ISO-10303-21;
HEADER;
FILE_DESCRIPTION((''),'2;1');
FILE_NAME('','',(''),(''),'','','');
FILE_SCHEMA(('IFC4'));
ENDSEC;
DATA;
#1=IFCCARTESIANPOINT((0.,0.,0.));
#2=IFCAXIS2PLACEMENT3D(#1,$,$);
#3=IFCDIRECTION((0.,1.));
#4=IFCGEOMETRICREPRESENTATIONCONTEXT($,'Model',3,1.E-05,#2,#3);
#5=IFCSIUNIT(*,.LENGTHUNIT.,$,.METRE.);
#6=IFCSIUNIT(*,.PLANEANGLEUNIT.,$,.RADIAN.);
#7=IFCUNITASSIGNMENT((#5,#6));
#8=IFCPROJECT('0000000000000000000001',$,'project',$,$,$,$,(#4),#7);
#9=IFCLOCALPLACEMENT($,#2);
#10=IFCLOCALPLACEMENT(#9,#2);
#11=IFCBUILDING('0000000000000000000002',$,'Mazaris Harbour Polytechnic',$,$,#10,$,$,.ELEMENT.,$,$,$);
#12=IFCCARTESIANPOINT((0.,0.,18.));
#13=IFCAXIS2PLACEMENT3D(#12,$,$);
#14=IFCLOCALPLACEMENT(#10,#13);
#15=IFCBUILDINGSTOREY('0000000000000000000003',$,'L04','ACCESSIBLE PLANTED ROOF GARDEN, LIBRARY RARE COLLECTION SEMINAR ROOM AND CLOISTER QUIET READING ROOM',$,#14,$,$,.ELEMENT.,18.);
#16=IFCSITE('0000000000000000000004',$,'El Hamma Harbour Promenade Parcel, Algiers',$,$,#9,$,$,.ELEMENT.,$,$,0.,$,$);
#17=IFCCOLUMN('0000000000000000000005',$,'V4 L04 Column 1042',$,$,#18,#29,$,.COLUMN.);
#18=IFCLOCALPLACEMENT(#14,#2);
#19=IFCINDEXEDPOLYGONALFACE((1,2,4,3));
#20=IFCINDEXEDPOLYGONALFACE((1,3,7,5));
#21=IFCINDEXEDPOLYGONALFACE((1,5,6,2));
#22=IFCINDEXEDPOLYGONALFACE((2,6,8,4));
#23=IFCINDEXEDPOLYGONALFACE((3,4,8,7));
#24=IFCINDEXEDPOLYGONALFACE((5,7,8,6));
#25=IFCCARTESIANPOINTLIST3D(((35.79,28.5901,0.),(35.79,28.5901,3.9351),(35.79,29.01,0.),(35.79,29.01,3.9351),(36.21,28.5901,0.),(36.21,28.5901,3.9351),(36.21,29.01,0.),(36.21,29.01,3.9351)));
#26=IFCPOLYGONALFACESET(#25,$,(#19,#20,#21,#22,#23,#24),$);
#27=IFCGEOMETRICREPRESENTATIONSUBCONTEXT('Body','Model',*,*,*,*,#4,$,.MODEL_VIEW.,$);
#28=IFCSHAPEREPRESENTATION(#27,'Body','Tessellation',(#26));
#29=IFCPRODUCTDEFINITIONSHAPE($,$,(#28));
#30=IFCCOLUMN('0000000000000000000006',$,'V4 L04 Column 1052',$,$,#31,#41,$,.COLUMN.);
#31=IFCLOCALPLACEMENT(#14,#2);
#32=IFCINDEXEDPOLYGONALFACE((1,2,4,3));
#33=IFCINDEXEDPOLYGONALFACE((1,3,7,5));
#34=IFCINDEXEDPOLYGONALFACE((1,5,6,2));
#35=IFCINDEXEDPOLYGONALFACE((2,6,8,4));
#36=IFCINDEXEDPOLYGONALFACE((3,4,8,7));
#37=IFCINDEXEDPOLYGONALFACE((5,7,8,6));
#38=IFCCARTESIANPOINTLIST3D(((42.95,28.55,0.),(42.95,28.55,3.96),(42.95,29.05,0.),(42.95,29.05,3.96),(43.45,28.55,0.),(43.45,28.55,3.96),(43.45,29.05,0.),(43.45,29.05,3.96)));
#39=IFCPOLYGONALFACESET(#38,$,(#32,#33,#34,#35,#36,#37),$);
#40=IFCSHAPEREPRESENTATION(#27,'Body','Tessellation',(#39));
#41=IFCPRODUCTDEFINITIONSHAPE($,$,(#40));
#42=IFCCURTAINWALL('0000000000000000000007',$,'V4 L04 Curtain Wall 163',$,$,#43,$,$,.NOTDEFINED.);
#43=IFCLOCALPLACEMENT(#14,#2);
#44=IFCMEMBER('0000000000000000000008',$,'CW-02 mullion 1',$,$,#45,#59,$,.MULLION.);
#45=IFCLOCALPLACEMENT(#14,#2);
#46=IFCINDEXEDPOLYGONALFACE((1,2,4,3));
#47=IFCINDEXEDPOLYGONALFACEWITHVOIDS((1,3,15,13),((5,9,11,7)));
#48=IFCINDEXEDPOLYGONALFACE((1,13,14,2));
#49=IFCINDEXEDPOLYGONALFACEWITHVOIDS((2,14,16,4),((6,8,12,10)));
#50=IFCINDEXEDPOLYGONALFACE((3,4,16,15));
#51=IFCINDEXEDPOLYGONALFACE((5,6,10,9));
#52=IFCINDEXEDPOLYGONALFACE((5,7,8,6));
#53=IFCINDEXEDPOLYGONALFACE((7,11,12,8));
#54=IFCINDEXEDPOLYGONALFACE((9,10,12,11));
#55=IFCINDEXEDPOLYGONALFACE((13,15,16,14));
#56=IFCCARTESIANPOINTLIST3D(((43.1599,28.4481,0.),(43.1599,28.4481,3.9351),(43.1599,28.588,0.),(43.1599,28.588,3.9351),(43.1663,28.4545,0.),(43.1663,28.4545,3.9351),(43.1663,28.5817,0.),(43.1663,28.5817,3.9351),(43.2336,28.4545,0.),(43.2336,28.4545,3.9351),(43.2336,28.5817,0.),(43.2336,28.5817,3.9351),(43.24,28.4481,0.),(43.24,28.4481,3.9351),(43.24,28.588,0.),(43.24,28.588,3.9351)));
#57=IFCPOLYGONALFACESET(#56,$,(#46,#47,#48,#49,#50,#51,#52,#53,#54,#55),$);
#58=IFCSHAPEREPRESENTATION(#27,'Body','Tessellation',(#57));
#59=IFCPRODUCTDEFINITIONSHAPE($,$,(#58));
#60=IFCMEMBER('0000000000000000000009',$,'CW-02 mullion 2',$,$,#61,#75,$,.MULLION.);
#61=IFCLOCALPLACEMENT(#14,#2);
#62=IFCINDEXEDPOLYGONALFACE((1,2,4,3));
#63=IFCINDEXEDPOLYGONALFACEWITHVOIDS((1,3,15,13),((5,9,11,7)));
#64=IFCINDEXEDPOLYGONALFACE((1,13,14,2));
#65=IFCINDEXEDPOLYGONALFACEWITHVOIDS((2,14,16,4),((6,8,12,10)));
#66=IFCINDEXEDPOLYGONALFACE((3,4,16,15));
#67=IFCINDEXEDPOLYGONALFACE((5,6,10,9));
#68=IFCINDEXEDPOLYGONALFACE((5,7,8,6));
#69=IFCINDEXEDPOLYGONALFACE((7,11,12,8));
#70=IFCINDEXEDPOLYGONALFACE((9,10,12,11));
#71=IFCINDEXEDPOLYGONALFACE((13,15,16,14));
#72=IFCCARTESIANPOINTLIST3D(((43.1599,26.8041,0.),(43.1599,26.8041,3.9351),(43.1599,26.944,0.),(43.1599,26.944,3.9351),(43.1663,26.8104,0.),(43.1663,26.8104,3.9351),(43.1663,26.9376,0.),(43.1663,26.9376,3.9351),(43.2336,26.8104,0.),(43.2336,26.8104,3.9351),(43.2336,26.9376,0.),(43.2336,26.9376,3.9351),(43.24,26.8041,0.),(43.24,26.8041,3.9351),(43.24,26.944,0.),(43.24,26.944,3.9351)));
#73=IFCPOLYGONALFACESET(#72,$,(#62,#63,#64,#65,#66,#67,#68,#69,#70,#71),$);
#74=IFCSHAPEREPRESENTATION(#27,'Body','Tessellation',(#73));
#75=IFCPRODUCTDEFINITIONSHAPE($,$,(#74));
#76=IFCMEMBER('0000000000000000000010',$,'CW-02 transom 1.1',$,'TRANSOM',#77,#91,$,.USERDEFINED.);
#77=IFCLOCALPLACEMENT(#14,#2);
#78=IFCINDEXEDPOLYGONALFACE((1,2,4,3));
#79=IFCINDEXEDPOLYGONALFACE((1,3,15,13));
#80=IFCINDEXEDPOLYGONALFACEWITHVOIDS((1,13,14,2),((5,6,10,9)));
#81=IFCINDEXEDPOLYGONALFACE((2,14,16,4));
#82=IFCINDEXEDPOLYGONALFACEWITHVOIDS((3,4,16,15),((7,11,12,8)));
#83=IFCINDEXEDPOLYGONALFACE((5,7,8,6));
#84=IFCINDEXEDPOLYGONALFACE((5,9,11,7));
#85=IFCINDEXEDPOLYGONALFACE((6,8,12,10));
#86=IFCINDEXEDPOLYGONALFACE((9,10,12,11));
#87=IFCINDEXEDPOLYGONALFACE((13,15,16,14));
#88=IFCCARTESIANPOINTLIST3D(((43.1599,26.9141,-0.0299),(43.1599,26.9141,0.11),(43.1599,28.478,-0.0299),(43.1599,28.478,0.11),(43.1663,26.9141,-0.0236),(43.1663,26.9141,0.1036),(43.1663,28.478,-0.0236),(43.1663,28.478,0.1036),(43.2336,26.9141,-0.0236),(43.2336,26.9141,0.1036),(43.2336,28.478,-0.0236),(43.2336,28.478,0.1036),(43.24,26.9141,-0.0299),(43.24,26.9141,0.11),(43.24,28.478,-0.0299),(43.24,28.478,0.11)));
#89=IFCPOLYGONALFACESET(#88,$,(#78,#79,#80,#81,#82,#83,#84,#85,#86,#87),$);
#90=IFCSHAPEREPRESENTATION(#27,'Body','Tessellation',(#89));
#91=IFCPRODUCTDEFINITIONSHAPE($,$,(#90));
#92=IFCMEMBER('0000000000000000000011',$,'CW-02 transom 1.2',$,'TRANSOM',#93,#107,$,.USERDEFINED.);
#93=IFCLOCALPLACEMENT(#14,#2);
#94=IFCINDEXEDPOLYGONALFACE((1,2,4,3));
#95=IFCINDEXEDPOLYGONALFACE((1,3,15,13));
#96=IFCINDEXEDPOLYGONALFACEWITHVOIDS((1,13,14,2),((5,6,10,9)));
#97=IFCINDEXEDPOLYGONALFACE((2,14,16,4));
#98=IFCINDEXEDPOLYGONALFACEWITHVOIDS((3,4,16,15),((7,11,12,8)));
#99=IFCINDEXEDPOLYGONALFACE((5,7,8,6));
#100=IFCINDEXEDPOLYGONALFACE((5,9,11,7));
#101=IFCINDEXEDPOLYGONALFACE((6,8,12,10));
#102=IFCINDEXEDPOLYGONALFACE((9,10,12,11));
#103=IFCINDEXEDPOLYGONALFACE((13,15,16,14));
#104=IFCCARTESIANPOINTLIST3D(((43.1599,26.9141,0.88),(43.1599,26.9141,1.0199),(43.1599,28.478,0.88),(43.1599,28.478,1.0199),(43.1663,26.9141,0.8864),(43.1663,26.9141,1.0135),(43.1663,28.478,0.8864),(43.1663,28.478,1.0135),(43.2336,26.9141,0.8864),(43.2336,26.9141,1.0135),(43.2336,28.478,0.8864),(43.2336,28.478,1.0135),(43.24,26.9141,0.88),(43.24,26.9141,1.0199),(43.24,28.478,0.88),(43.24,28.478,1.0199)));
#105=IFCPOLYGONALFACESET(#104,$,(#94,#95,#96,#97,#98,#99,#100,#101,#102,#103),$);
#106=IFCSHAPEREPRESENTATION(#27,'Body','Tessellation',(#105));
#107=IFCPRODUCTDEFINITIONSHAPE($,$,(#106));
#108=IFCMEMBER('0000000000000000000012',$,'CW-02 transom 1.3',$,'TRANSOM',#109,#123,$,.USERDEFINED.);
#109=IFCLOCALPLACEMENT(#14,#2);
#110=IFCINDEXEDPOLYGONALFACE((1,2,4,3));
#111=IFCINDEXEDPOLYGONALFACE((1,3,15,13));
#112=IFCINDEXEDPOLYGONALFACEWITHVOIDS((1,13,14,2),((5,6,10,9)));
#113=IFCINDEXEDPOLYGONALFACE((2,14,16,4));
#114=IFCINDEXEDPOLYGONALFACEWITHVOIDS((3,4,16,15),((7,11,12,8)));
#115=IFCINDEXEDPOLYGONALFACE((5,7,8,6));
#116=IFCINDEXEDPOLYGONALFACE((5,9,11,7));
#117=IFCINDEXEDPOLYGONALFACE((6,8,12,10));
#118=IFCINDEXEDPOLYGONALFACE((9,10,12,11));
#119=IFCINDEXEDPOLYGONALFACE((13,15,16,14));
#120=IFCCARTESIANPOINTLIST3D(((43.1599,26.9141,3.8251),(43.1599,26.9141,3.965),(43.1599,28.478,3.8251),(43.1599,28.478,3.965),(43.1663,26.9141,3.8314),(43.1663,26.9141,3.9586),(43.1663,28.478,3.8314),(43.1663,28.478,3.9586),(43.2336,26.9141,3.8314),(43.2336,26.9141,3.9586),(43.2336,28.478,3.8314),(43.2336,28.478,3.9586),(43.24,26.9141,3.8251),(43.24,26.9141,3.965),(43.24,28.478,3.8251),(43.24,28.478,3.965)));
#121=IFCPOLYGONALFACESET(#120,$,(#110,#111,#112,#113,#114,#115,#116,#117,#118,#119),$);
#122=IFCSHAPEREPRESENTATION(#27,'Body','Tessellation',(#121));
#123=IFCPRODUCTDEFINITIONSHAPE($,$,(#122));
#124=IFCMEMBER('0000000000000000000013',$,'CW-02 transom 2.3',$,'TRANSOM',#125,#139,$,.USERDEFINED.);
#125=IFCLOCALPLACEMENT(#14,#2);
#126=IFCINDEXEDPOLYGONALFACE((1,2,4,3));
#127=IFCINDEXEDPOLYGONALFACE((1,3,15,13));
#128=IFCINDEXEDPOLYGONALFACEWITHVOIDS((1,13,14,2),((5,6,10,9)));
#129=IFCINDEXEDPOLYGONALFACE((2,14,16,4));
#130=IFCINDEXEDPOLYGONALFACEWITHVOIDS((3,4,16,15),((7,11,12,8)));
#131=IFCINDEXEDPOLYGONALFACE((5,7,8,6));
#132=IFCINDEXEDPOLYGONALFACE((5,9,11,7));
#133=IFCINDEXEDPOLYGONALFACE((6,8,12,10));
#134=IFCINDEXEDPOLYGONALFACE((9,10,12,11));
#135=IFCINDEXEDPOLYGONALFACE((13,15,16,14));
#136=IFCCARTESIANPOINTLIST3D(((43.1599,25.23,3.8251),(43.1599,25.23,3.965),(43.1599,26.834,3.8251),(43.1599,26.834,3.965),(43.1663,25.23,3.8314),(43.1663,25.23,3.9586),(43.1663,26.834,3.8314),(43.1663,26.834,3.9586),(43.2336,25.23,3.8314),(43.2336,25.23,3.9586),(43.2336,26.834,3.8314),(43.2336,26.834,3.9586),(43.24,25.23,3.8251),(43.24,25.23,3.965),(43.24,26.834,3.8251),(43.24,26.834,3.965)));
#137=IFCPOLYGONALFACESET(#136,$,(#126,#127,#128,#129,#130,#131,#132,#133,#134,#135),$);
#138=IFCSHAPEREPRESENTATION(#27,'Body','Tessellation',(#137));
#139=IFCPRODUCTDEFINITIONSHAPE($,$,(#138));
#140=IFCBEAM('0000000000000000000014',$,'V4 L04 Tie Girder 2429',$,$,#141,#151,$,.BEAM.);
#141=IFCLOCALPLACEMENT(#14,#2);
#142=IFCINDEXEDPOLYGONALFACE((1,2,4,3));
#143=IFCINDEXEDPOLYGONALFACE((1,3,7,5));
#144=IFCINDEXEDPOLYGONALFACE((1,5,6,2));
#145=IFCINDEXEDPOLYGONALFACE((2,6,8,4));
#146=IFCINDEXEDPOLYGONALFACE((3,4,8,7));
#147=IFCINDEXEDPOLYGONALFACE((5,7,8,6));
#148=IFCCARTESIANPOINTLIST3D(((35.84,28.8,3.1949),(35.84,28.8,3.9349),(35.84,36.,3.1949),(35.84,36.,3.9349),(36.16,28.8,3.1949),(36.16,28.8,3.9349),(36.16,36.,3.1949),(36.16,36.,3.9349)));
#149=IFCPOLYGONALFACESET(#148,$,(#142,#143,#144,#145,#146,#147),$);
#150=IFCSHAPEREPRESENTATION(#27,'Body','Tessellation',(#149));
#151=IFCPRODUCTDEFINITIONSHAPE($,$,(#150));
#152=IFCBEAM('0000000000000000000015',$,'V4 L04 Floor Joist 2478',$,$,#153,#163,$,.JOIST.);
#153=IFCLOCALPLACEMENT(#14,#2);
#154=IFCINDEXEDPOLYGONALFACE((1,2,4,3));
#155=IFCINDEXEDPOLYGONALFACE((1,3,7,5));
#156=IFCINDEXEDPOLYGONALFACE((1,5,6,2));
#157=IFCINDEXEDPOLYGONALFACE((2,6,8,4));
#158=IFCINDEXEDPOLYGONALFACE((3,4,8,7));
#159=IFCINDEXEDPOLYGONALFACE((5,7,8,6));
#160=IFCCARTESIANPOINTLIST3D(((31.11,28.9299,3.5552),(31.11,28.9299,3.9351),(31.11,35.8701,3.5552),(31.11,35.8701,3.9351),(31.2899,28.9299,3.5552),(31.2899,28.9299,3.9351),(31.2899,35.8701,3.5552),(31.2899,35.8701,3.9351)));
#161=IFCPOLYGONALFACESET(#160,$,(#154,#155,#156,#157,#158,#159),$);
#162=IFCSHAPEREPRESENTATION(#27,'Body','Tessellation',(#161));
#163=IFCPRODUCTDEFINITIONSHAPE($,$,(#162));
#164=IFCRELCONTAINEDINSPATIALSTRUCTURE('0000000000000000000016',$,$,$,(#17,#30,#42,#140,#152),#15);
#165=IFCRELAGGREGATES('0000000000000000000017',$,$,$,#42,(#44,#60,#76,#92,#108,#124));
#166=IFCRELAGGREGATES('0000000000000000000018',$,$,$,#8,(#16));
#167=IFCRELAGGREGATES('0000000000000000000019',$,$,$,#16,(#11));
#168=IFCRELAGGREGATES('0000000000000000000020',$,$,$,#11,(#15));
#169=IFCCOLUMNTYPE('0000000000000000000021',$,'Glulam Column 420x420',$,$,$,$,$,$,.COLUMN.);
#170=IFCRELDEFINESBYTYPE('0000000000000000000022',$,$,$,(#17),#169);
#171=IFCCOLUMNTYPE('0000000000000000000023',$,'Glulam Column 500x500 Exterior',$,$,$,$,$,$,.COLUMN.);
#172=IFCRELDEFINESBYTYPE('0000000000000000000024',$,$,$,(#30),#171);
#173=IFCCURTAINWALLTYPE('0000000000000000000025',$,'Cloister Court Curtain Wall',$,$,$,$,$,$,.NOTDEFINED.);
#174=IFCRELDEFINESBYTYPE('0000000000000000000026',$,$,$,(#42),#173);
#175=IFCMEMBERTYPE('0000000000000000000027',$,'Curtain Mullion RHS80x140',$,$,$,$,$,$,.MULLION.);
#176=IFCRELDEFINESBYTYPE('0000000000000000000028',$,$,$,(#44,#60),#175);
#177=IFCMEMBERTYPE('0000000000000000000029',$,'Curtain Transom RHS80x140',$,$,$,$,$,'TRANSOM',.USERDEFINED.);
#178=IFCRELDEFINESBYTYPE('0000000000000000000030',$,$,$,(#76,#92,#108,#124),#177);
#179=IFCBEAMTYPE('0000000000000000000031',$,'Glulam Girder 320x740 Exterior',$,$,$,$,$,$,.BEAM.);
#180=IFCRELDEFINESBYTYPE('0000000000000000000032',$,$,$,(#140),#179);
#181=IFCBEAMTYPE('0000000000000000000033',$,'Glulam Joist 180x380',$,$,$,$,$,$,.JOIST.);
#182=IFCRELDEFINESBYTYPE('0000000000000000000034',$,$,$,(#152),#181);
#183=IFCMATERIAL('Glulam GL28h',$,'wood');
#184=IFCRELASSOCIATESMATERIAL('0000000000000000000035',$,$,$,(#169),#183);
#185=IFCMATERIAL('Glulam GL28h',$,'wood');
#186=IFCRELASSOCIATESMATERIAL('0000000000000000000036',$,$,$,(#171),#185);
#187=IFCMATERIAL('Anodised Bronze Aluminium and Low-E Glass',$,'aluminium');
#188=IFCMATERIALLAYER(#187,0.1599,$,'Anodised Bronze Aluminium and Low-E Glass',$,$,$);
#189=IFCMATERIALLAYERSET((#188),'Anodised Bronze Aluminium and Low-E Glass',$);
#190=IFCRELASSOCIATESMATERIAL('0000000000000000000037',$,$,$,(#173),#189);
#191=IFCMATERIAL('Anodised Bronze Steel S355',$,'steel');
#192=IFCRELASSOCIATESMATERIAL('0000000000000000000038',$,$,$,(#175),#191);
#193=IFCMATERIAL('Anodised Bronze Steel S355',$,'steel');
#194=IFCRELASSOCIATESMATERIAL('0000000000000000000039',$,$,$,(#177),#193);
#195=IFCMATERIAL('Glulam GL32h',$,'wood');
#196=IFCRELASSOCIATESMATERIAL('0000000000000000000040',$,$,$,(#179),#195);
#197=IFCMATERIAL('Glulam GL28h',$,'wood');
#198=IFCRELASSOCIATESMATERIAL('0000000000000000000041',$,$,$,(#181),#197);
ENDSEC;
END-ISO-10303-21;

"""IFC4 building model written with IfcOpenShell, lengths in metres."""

from ifc_helpers import new_model, si_unit, direction, frame, origin, origin_2d, place, context, subcontext, project, spatial, rectangle, hollow_rectangle, extrude, material, layer, layer_set, material_profile, profile_set, type_object, element, aggregate, save


model = new_model("IFC4")

# Units and contexts
model_context = context("Model", 3, precision=1e-05, world=origin(), true_north=direction((0.0, 1.0)))
body_context = subcontext(model_context, "Body", "Model", "MODEL_VIEW")
ifc_project = project(units=[si_unit("LENGTHUNIT", "METRE"), si_unit("PLANEANGLEUNIT", "RADIAN")], contexts=[model_context])

# Site, building, storey
site_placement = place(None, origin())
site = spatial("IfcSite", under=ifc_project, at=site_placement, Name="El Hamma Harbour Promenade Parcel, Algiers", CompositionType="ELEMENT", RefElevation=0.0)
building_placement = place(site_placement, origin())
building = spatial("IfcBuilding", under=site, at=building_placement, Name="Mazaris Harbour Polytechnic", CompositionType="ELEMENT")
storey_placement = place(building_placement, frame((0.0, 0.0, 18.0)))
storey = spatial("IfcBuildingStorey", under=building, at=storey_placement, Name="L04", Description="ACCESSIBLE PLANTED ROOF GARDEN, LIBRARY RARE COLLECTION SEMINAR ROOM AND CLOISTER QUIET READING ROOM", CompositionType="ELEMENT", Elevation=18.0)

# Columns
ifc_material_1 = material(Name="Glulam GL28h", Category="wood")
ifc_material_profile_1 = material_profile(ifc_material_1, rectangle(XDim=0.4199, YDim=0.4199, at=origin_2d()), Name="RECT420x420")
ifc_profile_set_1 = profile_set([ifc_material_profile_1], Name="Glulam GL28h")
column_type_1 = type_object("IfcColumnType", Name="Glulam Column 420x420", PredefinedType="COLUMN", material=ifc_profile_set_1)
column_1_placement = place(storey_placement, frame((36.0, 28.8, 0.0), z_axis=(0.0, 0.0, 1.0), x_axis=(1.0, 0.0, 0.0)))
element("IfcColumn", 1, at=column_1_placement, inside=storey, type_object=column_type_1, Name="V4 L04 Column 1042", PredefinedType="COLUMN", context=body_context, shape_type="SweptSolid", body=[
    extrude(rectangle(XDim=0.4199, YDim=0.4199, at=origin_2d()), origin(), (0.0, 0.0, 1.0), 3.9351),
])
ifc_material_2 = material(Name="Glulam GL28h", Category="wood")
ifc_material_profile_2 = material_profile(ifc_material_2, rectangle(XDim=0.5, YDim=0.5, at=origin_2d()), Name="RECT500x500")
ifc_profile_set_2 = profile_set([ifc_material_profile_2], Name="Glulam GL28h")
column_type_2 = type_object("IfcColumnType", Name="Glulam Column 500x500 Exterior", PredefinedType="COLUMN", material=ifc_profile_set_2)
column_2_placement = place(storey_placement, frame((43.2, 28.8, 0.0), z_axis=(0.0, 0.0, 1.0), x_axis=(1.0, 0.0, 0.0)))
element("IfcColumn", 2, at=column_2_placement, inside=storey, type_object=column_type_2, Name="V4 L04 Column 1052", PredefinedType="COLUMN", context=body_context, shape_type="SweptSolid", body=[
    extrude(rectangle(XDim=0.5, YDim=0.5, at=origin_2d()), origin(), (0.0, 0.0, 1.0), 3.96),
])

# Curtain wall, members
ifc_material_3 = material(Name="Anodised Bronze Aluminium and Low-E Glass", Category="aluminium")
ifc_layer_1 = layer(ifc_material_3, 0.1599, Name="Anodised Bronze Aluminium and Low-E Glass")
ifc_layer_set_1 = layer_set([ifc_layer_1], Name="Anodised Bronze Aluminium and Low-E Glass")
curtain_wall_type = type_object("IfcCurtainWallType", Name="Cloister Court Curtain Wall", PredefinedType="NOTDEFINED", material=ifc_layer_set_1)
curtain_wall_placement = place(storey_placement, origin())
curtain_wall = element("IfcCurtainWall", 3, at=curtain_wall_placement, inside=storey, type_object=curtain_wall_type, Name="V4 L04 Curtain Wall 163", PredefinedType="NOTDEFINED")
ifc_material_4 = material(Name="Anodised Bronze Steel S355", Category="steel")
ifc_material_profile_3 = material_profile(ifc_material_4, hollow_rectangle(XDim=0.0801, YDim=0.1399, WallThickness=0.0063, at=origin_2d()), Name="RHS 80x140x6.3")
ifc_profile_set_3 = profile_set([ifc_material_profile_3], Name="Anodised Bronze Steel S355")
member_type_1 = type_object("IfcMemberType", Name="Curtain Mullion RHS80x140", PredefinedType="MULLION", material=ifc_profile_set_3)
member_1_placement = place(storey_placement, frame((43.2, 28.5181, 0.0), z_axis=(0.0, 0.0, 1.0), x_axis=(1.0, 0.0, 0.0)))
member_1 = element("IfcMember", 4, at=member_1_placement, type_object=member_type_1, Name="CW-02 mullion 1", PredefinedType="MULLION", context=body_context, shape_type="SweptSolid", body=[
    extrude(hollow_rectangle(XDim=0.0801, YDim=0.1399, WallThickness=0.0063, at=origin_2d()), origin(), (0.0, 0.0, 1.0), 3.9351),
])
member_2_placement = place(storey_placement, frame((43.2, 26.874, 0.0), z_axis=(0.0, 0.0, 1.0), x_axis=(1.0, 0.0, 0.0)))
member_2 = element("IfcMember", 5, at=member_2_placement, type_object=member_type_1, Name="CW-02 mullion 2", PredefinedType="MULLION", context=body_context, shape_type="SweptSolid", body=[
    extrude(hollow_rectangle(XDim=0.0801, YDim=0.1399, WallThickness=0.0063, at=origin_2d()), origin(), (0.0, 0.0, 1.0), 3.9351),
])
ifc_material_5 = material(Name="Anodised Bronze Steel S355", Category="steel")
ifc_material_profile_4 = material_profile(ifc_material_5, hollow_rectangle(XDim=0.0801, YDim=0.1399, WallThickness=0.0063, at=origin_2d()), Name="RHS 80x140x6.3")
ifc_profile_set_4 = profile_set([ifc_material_profile_4], Name="Anodised Bronze Steel S355")
member_type_2 = type_object("IfcMemberType", Name="Curtain Transom RHS80x140", ElementType="TRANSOM", PredefinedType="USERDEFINED", material=ifc_profile_set_4)
member_3_placement = place(storey_placement, frame((43.2, 28.478, 0.04), z_axis=(0.0, -1.0, 0.0), x_axis=(1.0, 0.0, 0.0)))
member_3 = element("IfcMember", 6, at=member_3_placement, type_object=member_type_2, Name="CW-02 transom 1.1", ObjectType="TRANSOM", PredefinedType="USERDEFINED", context=body_context, shape_type="SweptSolid", body=[
    extrude(hollow_rectangle(XDim=0.0801, YDim=0.1399, WallThickness=0.0063, at=origin_2d()), origin(), (0.0, 0.0, 1.0), 1.564),
])
member_4_placement = place(storey_placement, frame((43.2, 28.478, 0.95), z_axis=(0.0, -1.0, 0.0), x_axis=(1.0, 0.0, 0.0)))
member_4 = element("IfcMember", 7, at=member_4_placement, type_object=member_type_2, Name="CW-02 transom 1.2", ObjectType="TRANSOM", PredefinedType="USERDEFINED", context=body_context, shape_type="SweptSolid", body=[
    extrude(hollow_rectangle(XDim=0.0801, YDim=0.1399, WallThickness=0.0063, at=origin_2d()), origin(), (0.0, 0.0, 1.0), 1.564),
])
member_5_placement = place(storey_placement, frame((43.2, 28.478, 3.895), z_axis=(0.0, -1.0, 0.0), x_axis=(1.0, 0.0, 0.0)))
member_5 = element("IfcMember", 8, at=member_5_placement, type_object=member_type_2, Name="CW-02 transom 1.3", ObjectType="TRANSOM", PredefinedType="USERDEFINED", context=body_context, shape_type="SweptSolid", body=[
    extrude(hollow_rectangle(XDim=0.0801, YDim=0.1399, WallThickness=0.0063, at=origin_2d()), origin(), (0.0, 0.0, 1.0), 1.564),
])
member_6_placement = place(storey_placement, frame((43.2, 26.834, 3.895), z_axis=(0.0, -1.0, 0.0), x_axis=(1.0, 0.0, 0.0)))
member_6 = element("IfcMember", 9, at=member_6_placement, type_object=member_type_2, Name="CW-02 transom 2.3", ObjectType="TRANSOM", PredefinedType="USERDEFINED", context=body_context, shape_type="SweptSolid", body=[
    extrude(hollow_rectangle(XDim=0.0801, YDim=0.1399, WallThickness=0.0063, at=origin_2d()), origin(), (0.0, 0.0, 1.0), 1.604),
])

# Beams
ifc_material_6 = material(Name="Glulam GL32h", Category="wood")
ifc_material_profile_5 = material_profile(ifc_material_6, rectangle(XDim=0.3201, YDim=0.74, at=origin_2d()), Name="RECT320x740")
ifc_profile_set_5 = profile_set([ifc_material_profile_5], Name="Glulam GL32h")
beam_type_1 = type_object("IfcBeamType", Name="Glulam Girder 320x740 Exterior", PredefinedType="BEAM", material=ifc_profile_set_5)
beam_1_placement = place(storey_placement, frame((36.0, 28.8, 3.5649), z_axis=(0.0, 1.0, 0.0), x_axis=(-1.0, 0.0, 0.0)))
element("IfcBeam", 10, at=beam_1_placement, inside=storey, type_object=beam_type_1, Name="V4 L04 Tie Girder 2429", PredefinedType="BEAM", context=body_context, shape_type="SweptSolid", body=[
    extrude(rectangle(XDim=0.3201, YDim=0.74, at=origin_2d()), origin(), (0.0, 0.0, 1.0), 7.2),
])
ifc_material_7 = material(Name="Glulam GL28h", Category="wood")
ifc_material_profile_6 = material_profile(ifc_material_7, rectangle(XDim=0.1799, YDim=0.3799, at=origin_2d()), Name="RECT180x380")
ifc_profile_set_6 = profile_set([ifc_material_profile_6], Name="Glulam GL28h")
beam_type_2 = type_object("IfcBeamType", Name="Glulam Joist 180x380", PredefinedType="JOIST", material=ifc_profile_set_6)
beam_2_placement = place(storey_placement, frame((31.2, 28.9299, 3.7451), z_axis=(0.0, 1.0, 0.0), x_axis=(-1.0, 0.0, 0.0)))
element("IfcBeam", 11, at=beam_2_placement, inside=storey, type_object=beam_type_2, Name="V4 L04 Floor Joist 2478", PredefinedType="JOIST", context=body_context, shape_type="SweptSolid", body=[
    extrude(rectangle(XDim=0.1799, YDim=0.3799, at=origin_2d()), origin(), (0.0, 0.0, 1.0), 6.9402),
])

aggregate(curtain_wall, [member_1, member_2, member_3, member_4, member_5, member_6])

save(model, "model.ifc")
